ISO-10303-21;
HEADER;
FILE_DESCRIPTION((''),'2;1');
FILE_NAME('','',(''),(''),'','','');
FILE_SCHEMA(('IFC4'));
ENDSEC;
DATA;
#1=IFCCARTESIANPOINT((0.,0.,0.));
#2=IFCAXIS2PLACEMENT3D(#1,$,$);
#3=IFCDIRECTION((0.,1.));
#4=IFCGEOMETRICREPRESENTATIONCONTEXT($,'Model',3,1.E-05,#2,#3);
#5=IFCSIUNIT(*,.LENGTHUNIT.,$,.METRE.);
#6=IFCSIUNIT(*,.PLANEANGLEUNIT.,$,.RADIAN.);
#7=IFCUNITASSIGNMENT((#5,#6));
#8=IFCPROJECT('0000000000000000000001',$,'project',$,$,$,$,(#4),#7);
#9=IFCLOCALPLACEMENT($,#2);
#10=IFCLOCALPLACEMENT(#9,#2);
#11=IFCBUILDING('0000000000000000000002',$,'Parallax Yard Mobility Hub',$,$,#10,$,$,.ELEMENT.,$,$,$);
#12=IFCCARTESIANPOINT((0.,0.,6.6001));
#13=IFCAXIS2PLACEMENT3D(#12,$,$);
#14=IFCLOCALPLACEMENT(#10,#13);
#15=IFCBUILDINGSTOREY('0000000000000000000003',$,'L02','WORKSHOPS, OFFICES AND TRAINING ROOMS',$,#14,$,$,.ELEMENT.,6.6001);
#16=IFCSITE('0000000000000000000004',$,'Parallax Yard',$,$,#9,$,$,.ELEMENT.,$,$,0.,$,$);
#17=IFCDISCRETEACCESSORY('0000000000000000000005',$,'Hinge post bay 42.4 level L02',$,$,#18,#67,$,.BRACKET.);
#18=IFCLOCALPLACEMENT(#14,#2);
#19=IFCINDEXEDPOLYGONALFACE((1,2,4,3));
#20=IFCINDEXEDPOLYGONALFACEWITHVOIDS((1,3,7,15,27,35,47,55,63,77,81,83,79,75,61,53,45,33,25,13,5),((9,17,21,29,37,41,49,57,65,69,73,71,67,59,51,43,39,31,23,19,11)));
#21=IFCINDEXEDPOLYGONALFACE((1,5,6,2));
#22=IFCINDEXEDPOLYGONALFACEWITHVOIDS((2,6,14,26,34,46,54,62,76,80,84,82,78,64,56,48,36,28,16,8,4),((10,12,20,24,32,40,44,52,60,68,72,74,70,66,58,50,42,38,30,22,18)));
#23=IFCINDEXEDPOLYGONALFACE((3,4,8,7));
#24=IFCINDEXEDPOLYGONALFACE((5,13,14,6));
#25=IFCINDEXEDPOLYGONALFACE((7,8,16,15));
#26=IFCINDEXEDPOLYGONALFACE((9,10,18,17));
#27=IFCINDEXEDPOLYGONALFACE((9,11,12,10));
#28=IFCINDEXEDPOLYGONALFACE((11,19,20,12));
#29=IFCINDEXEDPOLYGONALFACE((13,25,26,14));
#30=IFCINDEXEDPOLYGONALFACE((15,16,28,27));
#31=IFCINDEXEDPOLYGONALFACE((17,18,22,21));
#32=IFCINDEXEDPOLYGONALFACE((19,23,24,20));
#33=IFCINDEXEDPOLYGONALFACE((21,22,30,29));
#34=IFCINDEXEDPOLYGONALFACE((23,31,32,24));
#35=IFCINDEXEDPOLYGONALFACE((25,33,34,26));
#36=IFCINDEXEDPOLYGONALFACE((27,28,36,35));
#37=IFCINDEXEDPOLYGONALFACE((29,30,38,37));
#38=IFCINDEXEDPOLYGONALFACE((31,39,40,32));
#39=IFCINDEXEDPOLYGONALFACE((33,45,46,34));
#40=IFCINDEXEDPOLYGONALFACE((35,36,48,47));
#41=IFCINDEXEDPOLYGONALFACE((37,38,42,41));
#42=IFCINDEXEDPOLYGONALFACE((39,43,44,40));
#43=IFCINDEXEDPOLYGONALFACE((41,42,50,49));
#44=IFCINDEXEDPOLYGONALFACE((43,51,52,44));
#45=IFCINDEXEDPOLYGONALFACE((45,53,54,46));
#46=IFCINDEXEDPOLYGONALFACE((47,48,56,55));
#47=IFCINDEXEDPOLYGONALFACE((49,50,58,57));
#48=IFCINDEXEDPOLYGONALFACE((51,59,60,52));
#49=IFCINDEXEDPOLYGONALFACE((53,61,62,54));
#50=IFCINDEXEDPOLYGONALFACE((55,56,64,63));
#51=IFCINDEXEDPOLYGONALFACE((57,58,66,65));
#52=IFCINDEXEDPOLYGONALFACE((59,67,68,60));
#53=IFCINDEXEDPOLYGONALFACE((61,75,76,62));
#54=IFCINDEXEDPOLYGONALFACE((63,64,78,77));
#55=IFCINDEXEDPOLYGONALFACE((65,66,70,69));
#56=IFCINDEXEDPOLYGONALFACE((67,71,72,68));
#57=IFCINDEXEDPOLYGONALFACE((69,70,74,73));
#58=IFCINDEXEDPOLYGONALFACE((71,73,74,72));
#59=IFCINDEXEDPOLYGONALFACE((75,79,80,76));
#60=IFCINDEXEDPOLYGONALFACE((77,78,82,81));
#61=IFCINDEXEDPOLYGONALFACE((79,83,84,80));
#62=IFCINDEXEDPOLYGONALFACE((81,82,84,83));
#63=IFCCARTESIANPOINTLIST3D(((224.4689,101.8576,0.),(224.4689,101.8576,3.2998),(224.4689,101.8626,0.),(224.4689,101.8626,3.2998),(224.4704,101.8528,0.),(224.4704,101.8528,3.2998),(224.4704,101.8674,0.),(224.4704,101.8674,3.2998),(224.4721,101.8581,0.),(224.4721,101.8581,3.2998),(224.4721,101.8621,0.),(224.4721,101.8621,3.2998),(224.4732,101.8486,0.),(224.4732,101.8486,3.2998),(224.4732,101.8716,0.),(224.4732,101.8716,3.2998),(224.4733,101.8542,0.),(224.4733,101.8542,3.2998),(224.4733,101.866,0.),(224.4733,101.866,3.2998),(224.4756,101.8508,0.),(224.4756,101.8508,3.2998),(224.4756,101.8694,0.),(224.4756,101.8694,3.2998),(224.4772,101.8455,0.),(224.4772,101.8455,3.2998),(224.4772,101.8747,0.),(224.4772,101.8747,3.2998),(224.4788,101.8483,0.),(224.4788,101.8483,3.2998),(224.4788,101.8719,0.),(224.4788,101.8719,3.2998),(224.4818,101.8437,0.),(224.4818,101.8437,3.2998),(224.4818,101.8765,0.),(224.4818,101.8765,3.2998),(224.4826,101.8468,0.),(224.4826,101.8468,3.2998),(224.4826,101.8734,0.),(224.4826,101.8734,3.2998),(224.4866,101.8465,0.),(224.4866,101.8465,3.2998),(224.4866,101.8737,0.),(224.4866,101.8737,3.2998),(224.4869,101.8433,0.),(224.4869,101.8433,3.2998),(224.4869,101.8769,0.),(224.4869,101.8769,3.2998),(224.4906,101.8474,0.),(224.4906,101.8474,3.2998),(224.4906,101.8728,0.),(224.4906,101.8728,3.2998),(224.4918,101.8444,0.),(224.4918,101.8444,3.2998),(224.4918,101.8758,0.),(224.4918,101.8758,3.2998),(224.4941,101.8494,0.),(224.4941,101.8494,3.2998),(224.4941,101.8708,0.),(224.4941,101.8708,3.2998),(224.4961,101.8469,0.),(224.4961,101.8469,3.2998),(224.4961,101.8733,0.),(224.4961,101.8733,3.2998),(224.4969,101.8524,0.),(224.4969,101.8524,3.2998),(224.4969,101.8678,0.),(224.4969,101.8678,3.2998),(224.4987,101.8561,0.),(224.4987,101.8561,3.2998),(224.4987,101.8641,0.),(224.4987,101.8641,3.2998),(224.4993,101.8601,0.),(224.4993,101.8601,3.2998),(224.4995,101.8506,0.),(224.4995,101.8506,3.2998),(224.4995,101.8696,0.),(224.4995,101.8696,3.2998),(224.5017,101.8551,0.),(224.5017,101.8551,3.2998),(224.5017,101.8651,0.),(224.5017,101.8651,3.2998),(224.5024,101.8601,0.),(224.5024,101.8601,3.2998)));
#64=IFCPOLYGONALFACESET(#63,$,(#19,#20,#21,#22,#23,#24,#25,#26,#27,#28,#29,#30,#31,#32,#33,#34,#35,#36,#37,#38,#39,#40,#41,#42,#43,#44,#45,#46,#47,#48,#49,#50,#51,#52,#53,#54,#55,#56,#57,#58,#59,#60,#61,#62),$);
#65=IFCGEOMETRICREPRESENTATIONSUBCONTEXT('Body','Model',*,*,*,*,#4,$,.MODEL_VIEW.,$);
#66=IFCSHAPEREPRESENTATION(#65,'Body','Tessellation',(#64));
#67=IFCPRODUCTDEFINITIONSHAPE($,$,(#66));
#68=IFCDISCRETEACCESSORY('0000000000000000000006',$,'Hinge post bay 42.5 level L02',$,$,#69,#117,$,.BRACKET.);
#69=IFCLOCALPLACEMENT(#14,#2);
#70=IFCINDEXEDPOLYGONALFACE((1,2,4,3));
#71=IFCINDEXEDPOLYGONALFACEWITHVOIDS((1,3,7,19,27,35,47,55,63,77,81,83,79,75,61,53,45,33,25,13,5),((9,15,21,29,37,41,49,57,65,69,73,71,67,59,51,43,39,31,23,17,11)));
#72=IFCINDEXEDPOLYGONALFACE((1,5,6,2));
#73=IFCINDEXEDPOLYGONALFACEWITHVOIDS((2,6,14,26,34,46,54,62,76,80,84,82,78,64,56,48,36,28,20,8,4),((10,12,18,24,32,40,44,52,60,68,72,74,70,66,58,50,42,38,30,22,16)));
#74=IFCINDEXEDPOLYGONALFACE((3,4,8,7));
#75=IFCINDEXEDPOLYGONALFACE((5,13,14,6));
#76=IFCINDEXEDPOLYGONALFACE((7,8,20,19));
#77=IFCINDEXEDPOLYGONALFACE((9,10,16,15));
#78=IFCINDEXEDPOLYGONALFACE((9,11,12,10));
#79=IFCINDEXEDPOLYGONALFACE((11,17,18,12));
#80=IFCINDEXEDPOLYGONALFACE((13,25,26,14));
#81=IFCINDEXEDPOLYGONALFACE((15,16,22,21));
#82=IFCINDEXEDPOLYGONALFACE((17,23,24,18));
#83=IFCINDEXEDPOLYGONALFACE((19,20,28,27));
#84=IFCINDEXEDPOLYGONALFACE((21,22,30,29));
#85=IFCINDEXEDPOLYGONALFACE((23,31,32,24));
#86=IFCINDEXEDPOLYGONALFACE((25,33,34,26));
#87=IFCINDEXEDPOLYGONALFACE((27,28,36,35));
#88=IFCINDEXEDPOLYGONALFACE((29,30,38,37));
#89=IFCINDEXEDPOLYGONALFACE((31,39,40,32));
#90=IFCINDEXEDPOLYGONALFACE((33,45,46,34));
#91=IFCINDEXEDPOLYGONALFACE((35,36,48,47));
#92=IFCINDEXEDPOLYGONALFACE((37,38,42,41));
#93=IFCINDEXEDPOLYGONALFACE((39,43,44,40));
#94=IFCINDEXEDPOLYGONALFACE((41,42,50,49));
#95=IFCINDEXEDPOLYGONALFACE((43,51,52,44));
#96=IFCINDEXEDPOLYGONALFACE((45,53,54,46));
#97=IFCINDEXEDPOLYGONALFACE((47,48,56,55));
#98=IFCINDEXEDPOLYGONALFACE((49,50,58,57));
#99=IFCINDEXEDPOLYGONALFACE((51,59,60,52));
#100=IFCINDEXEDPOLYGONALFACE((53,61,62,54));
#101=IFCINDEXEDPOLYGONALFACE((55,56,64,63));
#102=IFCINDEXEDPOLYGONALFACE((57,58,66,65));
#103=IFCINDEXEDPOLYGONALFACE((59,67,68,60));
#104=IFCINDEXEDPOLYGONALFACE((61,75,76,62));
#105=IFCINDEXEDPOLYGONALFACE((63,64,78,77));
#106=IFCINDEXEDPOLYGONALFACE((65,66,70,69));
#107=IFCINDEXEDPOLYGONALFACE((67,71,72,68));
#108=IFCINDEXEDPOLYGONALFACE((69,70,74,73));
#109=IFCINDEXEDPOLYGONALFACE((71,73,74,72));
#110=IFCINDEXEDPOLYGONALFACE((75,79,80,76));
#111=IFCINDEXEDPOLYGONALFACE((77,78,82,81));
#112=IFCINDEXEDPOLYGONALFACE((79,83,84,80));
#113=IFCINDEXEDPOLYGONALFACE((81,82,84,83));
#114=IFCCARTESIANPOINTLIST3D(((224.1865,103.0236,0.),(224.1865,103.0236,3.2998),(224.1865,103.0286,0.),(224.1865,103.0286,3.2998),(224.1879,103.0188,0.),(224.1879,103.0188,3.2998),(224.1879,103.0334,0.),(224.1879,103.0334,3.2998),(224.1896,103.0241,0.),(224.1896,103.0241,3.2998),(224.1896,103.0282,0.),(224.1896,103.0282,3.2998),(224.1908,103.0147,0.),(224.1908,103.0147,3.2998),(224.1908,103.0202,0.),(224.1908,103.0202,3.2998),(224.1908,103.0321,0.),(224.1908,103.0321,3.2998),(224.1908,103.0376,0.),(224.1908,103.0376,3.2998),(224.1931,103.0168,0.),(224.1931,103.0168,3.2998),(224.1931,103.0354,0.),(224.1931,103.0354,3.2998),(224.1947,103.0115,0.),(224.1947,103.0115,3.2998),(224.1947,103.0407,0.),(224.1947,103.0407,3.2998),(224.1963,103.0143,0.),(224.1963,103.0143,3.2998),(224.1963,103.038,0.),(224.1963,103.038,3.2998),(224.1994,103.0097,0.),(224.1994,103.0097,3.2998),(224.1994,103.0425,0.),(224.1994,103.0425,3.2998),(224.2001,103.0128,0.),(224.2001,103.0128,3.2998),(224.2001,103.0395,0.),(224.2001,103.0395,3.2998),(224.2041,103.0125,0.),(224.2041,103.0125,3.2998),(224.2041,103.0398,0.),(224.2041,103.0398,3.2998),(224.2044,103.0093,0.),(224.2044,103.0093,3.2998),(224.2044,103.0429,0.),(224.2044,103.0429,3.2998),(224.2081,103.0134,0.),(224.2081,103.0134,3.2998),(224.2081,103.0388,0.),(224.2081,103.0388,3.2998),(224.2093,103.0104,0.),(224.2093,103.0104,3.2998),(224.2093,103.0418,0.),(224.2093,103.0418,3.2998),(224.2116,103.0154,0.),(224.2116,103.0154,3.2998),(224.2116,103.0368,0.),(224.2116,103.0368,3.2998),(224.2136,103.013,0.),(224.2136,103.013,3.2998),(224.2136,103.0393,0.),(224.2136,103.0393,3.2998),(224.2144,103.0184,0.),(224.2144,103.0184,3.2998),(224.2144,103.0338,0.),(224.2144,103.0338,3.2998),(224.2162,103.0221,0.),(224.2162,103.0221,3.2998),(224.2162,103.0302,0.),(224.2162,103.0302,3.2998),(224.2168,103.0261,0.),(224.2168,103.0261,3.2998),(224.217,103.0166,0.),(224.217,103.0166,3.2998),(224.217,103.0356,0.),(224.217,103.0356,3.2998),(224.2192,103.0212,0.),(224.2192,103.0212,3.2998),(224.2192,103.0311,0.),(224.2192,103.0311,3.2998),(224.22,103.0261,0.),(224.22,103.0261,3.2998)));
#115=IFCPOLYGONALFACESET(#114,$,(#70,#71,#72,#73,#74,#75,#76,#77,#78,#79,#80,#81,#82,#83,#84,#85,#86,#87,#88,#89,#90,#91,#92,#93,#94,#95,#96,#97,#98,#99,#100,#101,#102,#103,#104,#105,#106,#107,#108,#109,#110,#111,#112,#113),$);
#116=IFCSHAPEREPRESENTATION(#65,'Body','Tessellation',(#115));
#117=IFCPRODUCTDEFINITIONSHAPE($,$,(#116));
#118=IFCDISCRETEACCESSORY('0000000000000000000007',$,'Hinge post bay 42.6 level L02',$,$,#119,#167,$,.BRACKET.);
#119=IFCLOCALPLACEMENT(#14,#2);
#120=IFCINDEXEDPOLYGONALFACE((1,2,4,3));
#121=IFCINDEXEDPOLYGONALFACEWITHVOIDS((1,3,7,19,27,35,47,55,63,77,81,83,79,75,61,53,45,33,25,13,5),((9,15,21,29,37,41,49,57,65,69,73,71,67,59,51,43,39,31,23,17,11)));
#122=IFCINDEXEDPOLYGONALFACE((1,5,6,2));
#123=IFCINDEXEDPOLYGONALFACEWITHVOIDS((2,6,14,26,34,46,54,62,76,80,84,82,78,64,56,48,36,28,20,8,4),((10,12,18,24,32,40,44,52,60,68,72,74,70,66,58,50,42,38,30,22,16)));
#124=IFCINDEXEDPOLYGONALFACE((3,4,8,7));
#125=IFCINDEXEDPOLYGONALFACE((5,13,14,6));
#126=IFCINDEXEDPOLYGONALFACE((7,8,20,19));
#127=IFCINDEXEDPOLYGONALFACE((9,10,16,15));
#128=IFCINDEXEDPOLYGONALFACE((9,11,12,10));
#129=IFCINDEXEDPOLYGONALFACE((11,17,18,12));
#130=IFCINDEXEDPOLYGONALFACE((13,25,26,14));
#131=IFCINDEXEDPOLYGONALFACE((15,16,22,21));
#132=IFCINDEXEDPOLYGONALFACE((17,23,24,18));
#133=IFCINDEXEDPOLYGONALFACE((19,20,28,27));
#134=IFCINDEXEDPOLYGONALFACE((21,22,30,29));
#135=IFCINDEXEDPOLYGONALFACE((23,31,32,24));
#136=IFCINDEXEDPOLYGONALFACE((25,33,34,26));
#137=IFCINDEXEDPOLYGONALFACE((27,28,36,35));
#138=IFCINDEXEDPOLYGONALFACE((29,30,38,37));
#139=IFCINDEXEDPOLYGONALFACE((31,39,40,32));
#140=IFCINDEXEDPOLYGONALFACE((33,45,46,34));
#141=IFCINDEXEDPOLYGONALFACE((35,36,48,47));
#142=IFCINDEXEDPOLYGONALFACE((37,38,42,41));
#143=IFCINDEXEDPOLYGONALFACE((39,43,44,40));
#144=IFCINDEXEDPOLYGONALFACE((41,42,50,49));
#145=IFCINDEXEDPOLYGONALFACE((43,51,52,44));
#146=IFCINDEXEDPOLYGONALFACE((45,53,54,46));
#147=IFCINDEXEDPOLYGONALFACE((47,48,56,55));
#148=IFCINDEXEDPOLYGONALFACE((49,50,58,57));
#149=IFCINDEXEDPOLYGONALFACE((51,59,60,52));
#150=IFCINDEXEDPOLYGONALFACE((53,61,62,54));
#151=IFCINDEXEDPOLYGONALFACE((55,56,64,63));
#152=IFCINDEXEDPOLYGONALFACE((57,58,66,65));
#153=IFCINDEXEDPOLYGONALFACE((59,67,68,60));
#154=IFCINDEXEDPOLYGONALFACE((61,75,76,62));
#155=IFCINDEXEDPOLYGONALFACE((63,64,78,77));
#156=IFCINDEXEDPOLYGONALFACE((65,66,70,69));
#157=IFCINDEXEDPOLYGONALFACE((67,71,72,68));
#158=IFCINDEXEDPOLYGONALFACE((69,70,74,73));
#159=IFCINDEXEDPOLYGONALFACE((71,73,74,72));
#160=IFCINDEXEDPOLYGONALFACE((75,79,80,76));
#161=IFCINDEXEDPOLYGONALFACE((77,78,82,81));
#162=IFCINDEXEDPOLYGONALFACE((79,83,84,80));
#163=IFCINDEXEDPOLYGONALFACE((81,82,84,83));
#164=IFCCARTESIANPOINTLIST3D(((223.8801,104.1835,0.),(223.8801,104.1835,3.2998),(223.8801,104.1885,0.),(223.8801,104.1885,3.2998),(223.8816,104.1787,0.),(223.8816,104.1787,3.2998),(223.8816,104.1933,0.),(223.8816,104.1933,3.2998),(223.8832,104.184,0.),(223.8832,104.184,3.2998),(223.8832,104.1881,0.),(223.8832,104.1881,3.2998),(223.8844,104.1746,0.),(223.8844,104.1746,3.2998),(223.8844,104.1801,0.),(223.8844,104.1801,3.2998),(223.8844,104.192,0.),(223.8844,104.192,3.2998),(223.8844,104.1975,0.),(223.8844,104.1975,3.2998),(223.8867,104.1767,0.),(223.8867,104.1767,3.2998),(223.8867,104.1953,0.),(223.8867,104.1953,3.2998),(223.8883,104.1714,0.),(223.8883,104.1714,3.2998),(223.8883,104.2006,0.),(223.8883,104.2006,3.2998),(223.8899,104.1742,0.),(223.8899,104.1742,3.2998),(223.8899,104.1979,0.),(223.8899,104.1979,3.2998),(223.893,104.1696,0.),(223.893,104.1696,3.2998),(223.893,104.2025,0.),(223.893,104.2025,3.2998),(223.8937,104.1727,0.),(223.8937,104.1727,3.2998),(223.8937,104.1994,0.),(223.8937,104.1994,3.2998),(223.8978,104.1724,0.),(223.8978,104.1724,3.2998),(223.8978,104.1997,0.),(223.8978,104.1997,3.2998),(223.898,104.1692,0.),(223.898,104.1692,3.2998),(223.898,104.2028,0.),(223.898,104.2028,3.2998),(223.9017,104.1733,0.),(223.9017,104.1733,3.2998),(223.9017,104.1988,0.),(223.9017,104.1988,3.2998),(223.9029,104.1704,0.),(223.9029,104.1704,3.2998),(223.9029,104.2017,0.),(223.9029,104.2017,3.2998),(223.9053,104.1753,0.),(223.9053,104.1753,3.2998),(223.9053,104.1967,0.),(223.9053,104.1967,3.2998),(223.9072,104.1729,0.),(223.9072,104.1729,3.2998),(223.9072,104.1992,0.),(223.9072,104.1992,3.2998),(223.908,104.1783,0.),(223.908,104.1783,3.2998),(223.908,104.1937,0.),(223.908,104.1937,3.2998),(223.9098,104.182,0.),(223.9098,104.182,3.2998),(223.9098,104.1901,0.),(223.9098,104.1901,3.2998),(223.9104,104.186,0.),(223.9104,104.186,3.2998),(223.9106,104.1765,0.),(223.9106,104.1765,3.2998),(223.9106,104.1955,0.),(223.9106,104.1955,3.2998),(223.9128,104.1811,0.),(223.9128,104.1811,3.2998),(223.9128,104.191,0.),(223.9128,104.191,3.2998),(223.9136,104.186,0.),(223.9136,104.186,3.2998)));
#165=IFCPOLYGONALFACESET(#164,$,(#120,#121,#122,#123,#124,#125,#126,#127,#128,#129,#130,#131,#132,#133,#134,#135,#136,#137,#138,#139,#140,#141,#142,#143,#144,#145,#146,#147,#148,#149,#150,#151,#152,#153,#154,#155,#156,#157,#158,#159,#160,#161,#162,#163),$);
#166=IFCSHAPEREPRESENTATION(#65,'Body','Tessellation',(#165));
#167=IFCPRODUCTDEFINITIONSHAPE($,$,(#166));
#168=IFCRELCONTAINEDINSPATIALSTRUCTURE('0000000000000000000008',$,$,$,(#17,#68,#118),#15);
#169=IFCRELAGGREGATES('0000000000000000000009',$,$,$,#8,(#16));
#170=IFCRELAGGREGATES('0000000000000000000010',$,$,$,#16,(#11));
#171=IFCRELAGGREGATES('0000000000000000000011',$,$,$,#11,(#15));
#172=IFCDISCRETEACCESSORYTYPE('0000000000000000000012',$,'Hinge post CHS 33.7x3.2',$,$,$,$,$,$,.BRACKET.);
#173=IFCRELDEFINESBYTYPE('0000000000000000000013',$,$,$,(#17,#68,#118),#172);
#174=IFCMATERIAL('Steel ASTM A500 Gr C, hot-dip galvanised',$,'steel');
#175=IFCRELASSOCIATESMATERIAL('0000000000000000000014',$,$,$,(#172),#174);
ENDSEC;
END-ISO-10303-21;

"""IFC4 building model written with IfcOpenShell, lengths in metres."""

from ifc_helpers import new_model, si_unit, direction, frame, origin, origin_2d, place, context, subcontext, project, spatial, hollow_circle, extrude, material, material_profile, profile_set, type_object, element, save


model = new_model("IFC4")

# Units and contexts
model_context = context("Model", 3, precision=1e-05, world=origin(), true_north=direction((0.0, 1.0)))
body_context = subcontext(model_context, "Body", "Model", "MODEL_VIEW")
ifc_project = project(units=[si_unit("LENGTHUNIT", "METRE"), si_unit("PLANEANGLEUNIT", "RADIAN")], contexts=[model_context])

# Site, building, storey
site_placement = place(None, origin())
site = spatial("IfcSite", under=ifc_project, at=site_placement, Name="Parallax Yard", CompositionType="ELEMENT", RefElevation=0.0)
building_placement = place(site_placement, origin())
building = spatial("IfcBuilding", under=site, at=building_placement, Name="Parallax Yard Mobility Hub", CompositionType="ELEMENT")
storey_placement = place(building_placement, frame((0.0, 0.0, 6.6001)))
storey = spatial("IfcBuildingStorey", under=building, at=storey_placement, Name="L02", Description="WORKSHOPS, OFFICES AND TRAINING ROOMS", CompositionType="ELEMENT", Elevation=6.6001)

# Discrete accessories
ifc_material_1 = material(Name="Steel ASTM A500 Gr C, hot-dip galvanised", Category="steel")
ifc_material_profile_1 = material_profile(ifc_material_1, hollow_circle(Radius=0.0168, WallThickness=0.0032, at=origin_2d()), Name="CHS 33.7x3.2")
ifc_profile_set_1 = profile_set([ifc_material_profile_1], Name="Steel ASTM A500 Gr C, hot-dip galvanised")
discrete_accessory_type_1 = type_object("IfcDiscreteAccessoryType", Name="Hinge post CHS 33.7x3.2", PredefinedType="BRACKET", material=ifc_profile_set_1)
for number, where, z_axis, x_axis, name in (
    (1, (224.4856, 101.8601, 0.0), (0.0, 0.0, 1.0), (1.0, 0.0, 0.0), "Hinge post bay 42.4 level L02"),
    (2, (224.2031, 103.0261, 0.0), (0.0, 0.0, 1.0), (1.0, 0.0, 0.0), "Hinge post bay 42.5 level L02"),
    (3, (223.8967, 104.186, 0.0), (0.0, 0.0, 1.0), (1.0, 0.0, 0.0), "Hinge post bay 42.6 level L02"),
):
    element("IfcDiscreteAccessory", number, at=place(storey_placement, frame(where, z_axis=z_axis, x_axis=x_axis)), inside=storey, type_object=discrete_accessory_type_1, Name=name, PredefinedType="BRACKET", context=body_context, shape_type="SweptSolid", body=[
        extrude(hollow_circle(Radius=0.0168, WallThickness=0.0032, at=origin_2d()), origin(), (0.0, 0.0, 1.0), 3.2998),
    ])

save(model, "model.ifc")
